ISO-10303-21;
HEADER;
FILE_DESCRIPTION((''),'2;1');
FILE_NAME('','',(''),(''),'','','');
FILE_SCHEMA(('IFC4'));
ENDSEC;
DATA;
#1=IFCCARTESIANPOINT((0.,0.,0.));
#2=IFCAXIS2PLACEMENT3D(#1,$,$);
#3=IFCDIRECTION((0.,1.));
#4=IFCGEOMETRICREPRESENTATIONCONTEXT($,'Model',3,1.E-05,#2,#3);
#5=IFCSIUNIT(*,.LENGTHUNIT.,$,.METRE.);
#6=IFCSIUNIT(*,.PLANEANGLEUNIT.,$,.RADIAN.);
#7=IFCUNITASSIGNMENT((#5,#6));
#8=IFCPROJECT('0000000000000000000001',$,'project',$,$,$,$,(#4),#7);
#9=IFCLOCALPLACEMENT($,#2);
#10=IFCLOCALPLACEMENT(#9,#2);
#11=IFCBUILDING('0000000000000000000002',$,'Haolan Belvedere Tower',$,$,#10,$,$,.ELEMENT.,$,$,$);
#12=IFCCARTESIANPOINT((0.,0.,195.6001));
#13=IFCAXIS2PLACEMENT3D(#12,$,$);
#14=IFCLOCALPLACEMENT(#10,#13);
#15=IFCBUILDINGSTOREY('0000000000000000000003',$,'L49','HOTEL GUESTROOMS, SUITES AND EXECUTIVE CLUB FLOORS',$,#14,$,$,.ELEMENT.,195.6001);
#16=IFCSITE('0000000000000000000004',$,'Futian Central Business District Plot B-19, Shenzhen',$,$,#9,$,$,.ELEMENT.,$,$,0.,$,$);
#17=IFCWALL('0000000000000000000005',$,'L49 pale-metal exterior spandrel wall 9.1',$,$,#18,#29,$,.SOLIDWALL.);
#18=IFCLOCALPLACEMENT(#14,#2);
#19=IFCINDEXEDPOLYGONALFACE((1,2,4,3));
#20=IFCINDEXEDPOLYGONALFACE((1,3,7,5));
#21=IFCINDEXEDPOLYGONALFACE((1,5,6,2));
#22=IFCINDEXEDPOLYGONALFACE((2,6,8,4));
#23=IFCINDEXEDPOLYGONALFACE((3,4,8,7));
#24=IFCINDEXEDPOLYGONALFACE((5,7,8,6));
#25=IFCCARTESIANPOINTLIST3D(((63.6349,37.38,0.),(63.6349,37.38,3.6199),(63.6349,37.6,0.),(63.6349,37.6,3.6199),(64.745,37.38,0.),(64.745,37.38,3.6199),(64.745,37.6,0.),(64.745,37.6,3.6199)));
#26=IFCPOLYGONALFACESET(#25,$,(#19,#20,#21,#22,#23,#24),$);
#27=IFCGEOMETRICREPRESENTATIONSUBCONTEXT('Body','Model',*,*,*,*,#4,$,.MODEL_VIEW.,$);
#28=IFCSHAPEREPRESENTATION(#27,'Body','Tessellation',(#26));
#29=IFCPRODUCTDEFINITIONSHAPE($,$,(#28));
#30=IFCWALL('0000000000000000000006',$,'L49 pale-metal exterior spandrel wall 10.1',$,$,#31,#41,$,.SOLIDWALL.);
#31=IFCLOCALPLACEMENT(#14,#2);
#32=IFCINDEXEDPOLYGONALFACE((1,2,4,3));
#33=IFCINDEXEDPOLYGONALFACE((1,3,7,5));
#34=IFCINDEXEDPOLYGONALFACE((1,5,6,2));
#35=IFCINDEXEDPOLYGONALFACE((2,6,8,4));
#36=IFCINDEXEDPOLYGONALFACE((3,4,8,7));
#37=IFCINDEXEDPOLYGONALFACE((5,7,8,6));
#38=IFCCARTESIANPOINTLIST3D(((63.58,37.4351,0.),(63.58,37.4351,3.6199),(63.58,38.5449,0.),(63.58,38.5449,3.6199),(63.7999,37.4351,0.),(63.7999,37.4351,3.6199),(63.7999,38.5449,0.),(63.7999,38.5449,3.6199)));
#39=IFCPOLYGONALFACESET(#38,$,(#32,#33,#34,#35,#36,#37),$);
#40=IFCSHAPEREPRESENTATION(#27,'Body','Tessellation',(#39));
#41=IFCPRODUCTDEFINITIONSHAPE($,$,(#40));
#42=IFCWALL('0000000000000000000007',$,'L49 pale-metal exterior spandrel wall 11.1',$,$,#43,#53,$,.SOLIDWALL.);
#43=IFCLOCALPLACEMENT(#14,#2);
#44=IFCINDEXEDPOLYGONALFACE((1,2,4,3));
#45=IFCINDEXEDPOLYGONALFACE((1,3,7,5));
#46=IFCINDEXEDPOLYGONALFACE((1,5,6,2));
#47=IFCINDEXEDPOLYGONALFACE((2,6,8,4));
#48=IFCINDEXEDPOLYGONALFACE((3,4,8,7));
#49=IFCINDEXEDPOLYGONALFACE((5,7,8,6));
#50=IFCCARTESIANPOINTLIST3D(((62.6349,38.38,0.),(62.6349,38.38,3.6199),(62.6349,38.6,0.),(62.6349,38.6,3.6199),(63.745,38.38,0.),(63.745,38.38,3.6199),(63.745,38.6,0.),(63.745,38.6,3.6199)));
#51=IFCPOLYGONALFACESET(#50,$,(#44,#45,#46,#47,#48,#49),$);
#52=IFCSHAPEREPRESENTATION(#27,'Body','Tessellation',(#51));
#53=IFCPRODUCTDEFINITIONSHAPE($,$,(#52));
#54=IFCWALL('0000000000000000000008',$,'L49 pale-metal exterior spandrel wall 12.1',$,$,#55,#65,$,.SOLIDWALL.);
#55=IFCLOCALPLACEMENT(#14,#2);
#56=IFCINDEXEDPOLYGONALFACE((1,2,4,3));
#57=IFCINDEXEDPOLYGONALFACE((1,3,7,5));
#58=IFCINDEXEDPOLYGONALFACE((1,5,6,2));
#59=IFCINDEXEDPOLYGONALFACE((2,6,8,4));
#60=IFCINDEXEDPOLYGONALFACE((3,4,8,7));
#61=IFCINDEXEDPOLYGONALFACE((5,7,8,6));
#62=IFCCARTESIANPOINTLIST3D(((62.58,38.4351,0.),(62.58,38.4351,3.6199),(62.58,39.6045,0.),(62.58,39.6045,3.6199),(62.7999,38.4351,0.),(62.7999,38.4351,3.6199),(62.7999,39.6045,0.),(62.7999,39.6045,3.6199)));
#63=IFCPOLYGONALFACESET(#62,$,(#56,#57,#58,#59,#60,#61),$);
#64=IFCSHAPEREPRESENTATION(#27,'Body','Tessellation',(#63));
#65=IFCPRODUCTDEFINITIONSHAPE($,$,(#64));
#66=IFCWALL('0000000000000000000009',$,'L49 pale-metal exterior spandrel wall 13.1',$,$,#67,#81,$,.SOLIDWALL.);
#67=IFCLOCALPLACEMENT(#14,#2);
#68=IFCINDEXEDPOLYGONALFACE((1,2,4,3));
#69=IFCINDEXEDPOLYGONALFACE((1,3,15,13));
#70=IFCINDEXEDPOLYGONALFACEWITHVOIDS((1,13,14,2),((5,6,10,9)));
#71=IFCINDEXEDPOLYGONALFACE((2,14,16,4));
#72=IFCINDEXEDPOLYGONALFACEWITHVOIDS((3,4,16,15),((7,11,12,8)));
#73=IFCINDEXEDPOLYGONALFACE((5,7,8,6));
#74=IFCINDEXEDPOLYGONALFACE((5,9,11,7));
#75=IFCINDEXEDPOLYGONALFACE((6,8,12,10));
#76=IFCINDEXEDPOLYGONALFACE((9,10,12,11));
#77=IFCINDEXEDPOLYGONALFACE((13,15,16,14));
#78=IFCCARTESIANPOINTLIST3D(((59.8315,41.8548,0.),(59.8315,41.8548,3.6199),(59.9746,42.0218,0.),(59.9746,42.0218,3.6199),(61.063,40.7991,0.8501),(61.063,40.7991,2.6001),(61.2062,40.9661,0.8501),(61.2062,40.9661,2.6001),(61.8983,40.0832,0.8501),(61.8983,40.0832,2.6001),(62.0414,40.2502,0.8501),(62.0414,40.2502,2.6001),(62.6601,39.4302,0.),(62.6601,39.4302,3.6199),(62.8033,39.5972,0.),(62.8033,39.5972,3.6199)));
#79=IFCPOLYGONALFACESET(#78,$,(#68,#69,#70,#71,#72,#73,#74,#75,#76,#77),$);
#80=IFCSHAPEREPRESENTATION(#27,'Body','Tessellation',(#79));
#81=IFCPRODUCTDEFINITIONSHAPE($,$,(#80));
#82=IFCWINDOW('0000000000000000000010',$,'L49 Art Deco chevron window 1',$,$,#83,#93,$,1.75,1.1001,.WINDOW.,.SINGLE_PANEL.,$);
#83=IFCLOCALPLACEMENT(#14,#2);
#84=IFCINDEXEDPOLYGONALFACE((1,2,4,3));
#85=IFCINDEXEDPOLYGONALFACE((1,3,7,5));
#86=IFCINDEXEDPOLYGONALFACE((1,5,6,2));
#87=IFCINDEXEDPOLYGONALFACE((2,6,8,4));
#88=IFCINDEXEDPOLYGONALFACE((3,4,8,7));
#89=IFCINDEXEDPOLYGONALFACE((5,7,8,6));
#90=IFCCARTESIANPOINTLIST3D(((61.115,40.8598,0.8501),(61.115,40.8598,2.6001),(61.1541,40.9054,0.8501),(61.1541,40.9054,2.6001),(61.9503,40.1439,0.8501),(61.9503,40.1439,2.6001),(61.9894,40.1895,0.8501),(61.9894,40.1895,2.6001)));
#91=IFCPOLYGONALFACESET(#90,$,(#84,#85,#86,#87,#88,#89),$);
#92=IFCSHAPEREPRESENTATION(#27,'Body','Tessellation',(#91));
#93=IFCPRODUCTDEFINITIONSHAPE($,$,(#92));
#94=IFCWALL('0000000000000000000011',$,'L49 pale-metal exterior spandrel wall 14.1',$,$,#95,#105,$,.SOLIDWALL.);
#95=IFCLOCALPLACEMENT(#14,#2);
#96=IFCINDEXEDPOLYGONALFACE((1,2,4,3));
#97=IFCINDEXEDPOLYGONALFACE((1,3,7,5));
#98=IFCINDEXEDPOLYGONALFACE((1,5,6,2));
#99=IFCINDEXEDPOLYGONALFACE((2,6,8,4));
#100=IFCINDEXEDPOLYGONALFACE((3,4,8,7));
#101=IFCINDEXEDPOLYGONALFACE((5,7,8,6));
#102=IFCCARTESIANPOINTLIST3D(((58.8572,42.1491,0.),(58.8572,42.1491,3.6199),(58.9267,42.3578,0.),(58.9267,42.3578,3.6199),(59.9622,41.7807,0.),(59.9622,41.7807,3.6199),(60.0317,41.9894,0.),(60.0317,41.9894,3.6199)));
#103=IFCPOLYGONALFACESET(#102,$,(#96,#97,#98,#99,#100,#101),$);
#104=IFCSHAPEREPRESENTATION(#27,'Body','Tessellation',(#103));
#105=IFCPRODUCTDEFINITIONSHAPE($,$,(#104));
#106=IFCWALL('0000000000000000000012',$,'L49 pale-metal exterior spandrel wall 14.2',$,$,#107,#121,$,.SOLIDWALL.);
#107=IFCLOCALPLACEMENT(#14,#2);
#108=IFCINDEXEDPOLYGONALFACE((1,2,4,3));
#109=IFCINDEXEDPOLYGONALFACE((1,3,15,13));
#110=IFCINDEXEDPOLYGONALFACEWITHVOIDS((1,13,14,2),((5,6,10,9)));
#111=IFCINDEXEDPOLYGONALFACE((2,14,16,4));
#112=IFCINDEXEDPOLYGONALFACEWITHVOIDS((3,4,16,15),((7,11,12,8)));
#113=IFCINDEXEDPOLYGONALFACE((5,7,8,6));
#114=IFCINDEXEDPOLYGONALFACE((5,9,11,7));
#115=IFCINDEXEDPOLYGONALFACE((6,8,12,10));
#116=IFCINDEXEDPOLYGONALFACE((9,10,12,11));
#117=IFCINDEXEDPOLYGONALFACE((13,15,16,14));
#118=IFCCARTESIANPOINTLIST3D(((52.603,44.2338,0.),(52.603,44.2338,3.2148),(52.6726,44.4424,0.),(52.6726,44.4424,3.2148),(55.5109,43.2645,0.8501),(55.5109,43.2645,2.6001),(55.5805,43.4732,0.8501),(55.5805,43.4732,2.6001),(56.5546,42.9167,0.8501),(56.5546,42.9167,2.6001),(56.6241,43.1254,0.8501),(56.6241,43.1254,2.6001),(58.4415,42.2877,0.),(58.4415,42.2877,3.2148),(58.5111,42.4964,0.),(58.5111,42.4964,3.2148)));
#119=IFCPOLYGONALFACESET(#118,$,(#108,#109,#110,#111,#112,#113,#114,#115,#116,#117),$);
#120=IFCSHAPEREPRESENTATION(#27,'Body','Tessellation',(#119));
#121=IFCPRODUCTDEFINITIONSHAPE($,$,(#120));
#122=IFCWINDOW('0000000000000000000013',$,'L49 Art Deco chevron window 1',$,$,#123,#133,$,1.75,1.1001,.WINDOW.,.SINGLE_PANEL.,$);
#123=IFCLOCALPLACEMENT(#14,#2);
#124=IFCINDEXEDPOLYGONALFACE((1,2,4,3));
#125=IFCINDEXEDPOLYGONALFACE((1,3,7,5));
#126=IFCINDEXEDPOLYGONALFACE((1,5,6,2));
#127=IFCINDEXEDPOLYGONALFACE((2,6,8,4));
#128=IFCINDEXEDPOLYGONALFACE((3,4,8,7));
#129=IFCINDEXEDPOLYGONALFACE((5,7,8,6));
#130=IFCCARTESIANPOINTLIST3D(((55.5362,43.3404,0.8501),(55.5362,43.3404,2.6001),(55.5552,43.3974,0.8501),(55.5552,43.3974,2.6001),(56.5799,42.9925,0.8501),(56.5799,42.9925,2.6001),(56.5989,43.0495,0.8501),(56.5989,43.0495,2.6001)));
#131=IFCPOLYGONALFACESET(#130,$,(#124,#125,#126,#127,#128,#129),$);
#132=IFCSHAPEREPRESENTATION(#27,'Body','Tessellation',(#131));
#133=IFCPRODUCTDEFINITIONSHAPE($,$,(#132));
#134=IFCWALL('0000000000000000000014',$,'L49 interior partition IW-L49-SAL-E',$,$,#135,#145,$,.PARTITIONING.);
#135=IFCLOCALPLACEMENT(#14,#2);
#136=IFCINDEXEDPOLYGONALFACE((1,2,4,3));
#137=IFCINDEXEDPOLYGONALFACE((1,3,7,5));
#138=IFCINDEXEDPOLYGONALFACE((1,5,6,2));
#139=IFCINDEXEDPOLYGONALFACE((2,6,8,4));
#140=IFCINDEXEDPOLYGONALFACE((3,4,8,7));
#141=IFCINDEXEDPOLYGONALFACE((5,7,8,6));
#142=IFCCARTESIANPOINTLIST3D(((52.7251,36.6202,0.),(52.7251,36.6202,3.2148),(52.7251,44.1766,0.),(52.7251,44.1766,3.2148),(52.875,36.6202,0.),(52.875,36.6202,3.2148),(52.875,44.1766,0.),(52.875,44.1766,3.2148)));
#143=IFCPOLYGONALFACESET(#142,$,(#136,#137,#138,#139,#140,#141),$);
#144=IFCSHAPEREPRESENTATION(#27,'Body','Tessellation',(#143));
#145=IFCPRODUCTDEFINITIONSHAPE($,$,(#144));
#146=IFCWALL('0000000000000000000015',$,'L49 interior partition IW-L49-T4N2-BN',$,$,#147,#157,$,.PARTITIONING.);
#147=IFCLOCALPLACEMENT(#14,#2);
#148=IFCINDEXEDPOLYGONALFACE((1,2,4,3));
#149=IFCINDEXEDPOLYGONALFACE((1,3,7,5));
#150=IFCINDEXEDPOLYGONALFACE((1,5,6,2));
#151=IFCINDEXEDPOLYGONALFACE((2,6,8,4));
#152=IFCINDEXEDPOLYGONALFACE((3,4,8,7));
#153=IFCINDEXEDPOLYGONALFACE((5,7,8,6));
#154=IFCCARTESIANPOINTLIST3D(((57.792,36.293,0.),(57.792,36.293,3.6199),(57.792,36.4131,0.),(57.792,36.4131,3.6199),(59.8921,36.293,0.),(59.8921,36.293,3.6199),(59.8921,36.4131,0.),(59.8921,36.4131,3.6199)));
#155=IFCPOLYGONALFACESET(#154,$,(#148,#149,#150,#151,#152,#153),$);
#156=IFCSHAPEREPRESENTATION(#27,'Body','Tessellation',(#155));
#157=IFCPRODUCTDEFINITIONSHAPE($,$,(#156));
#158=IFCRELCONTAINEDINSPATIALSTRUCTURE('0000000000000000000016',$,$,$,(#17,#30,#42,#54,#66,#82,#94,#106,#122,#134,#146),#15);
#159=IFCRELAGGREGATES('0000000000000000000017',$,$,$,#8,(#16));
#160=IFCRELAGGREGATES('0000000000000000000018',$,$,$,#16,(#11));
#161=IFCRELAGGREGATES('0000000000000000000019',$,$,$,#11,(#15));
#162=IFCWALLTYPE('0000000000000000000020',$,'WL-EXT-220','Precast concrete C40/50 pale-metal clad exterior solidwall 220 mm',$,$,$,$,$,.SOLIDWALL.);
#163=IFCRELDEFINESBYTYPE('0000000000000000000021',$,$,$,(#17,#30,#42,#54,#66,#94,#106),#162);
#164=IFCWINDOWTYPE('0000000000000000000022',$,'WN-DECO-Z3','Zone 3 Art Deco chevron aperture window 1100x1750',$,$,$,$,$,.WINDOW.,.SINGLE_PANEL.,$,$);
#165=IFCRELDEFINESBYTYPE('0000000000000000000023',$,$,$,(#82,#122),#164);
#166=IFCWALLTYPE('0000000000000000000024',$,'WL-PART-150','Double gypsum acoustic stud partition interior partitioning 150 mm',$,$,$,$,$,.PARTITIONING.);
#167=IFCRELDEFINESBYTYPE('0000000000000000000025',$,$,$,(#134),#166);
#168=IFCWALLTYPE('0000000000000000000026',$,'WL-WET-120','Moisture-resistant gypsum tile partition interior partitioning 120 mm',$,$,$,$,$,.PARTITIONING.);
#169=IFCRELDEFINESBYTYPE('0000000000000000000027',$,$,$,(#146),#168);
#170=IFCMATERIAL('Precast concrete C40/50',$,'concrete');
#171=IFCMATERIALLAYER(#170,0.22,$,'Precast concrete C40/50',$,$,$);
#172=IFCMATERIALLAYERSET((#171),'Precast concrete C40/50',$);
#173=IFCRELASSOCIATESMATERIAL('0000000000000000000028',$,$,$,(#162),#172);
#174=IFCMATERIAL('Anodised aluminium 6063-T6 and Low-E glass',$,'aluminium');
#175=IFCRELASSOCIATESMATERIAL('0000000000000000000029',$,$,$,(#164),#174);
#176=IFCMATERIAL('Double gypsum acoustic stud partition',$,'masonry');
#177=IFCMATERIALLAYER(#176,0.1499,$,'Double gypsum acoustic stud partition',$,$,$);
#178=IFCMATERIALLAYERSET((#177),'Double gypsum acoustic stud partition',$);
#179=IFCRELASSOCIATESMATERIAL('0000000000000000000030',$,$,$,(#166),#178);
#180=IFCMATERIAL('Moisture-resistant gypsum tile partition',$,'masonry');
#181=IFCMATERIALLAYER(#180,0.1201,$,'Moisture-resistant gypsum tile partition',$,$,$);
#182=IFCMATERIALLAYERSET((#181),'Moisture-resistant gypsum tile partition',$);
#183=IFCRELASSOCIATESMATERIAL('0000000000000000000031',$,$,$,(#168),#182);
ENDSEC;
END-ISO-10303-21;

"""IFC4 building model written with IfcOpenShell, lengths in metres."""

from ifc_helpers import new_model, si_unit, direction, frame, frame_2d, origin, place, context, subcontext, project, spatial, rectangle, extrude, material, layer, layer_set, type_object, element, fill, save


model = new_model("IFC4")

# Units and contexts
model_context = context("Model", 3, precision=1e-05, world=origin(), true_north=direction((0.0, 1.0)))
body_context = subcontext(model_context, "Body", "Model", "MODEL_VIEW")
ifc_project = project(units=[si_unit("LENGTHUNIT", "METRE"), si_unit("PLANEANGLEUNIT", "RADIAN")], contexts=[model_context])

# Site, building, storey
site_placement = place(None, origin())
site = spatial("IfcSite", under=ifc_project, at=site_placement, Name="Futian Central Business District Plot B-19, Shenzhen", CompositionType="ELEMENT", RefElevation=0.0)
building_placement = place(site_placement, origin())
building = spatial("IfcBuilding", under=site, at=building_placement, Name="Haolan Belvedere Tower", CompositionType="ELEMENT")
storey_placement = place(building_placement, frame((0.0, 0.0, 195.6001)))
storey = spatial("IfcBuildingStorey", under=building, at=storey_placement, Name="L49", Description="HOTEL GUESTROOMS, SUITES AND EXECUTIVE CLUB FLOORS", CompositionType="ELEMENT", Elevation=195.6001)

# Walls
ifc_material_1 = material(Name="Precast concrete C40/50", Category="concrete")
ifc_layer_1 = layer(ifc_material_1, 0.22, Name="Precast concrete C40/50")
ifc_layer_set_1 = layer_set([ifc_layer_1], Name="Precast concrete C40/50")
wall_type_1 = type_object("IfcWallType", Name="WL-EXT-220", Description="Precast concrete C40/50 pale-metal clad exterior solidwall 220 mm", PredefinedType="SOLIDWALL", material=ifc_layer_set_1)
wall_1_placement = place(storey_placement, frame((64.7451, 37.49, 0.0), z_axis=(0.0, 0.0, 1.0), x_axis=(-1.0, 0.0, 0.0)))
element("IfcWall", 1, at=wall_1_placement, inside=storey, type_object=wall_type_1, Name="L49 pale-metal exterior spandrel wall 9.1", PredefinedType="SOLIDWALL", context=body_context, shape_type="SweptSolid", body=[
    extrude(rectangle(XDim=1.1101, YDim=0.22, at=frame_2d((0.5552, 0.0))), origin(), (0.0, 0.0, 1.0), 3.6199),
])
wall_2_placement = place(storey_placement, frame((63.6899, 37.4351, 0.0), z_axis=(0.0, 0.0, 1.0), x_axis=(0.0, 1.0, 0.0)))
element("IfcWall", 2, at=wall_2_placement, inside=storey, type_object=wall_type_1, Name="L49 pale-metal exterior spandrel wall 10.1", PredefinedType="SOLIDWALL", context=body_context, shape_type="SweptSolid", body=[
    extrude(rectangle(XDim=1.1099, YDim=0.22, at=frame_2d((0.5549, 0.0))), origin(), (0.0, 0.0, 1.0), 3.6199),
])
wall_3_placement = place(storey_placement, frame((63.7451, 38.49, 0.0), z_axis=(0.0, 0.0, 1.0), x_axis=(-1.0, 0.0, 0.0)))
element("IfcWall", 3, at=wall_3_placement, inside=storey, type_object=wall_type_1, Name="L49 pale-metal exterior spandrel wall 11.1", PredefinedType="SOLIDWALL", context=body_context, shape_type="SweptSolid", body=[
    extrude(rectangle(XDim=1.1101, YDim=0.22, at=frame_2d((0.5552, 0.0))), origin(), (0.0, 0.0, 1.0), 3.6199),
])
wall_4_placement = place(storey_placement, frame((62.6899, 38.4351, 0.0), z_axis=(0.0, 0.0, 1.0), x_axis=(0.0, 1.0, 0.0)))
element("IfcWall", 4, at=wall_4_placement, inside=storey, type_object=wall_type_1, Name="L49 pale-metal exterior spandrel wall 12.1", PredefinedType="SOLIDWALL", context=body_context, shape_type="SweptSolid", body=[
    extrude(rectangle(XDim=1.1694, YDim=0.22, at=frame_2d((0.5847, 0.0))), origin(), (0.0, 0.0, 1.0), 3.6199),
])

# Wall, opening, window
wall_5_placement = place(storey_placement, frame((62.7317, 39.5137, 0.0), z_axis=(0.0, 0.0, 1.0), x_axis=(-0.759252, 0.650797, 0.0)))
wall_5 = element("IfcWall", 5, at=wall_5_placement, inside=storey, type_object=wall_type_1, Name="L49 pale-metal exterior spandrel wall 13.1", PredefinedType="SOLIDWALL", context=body_context, shape_type="SweptSolid", body=[
    extrude(rectangle(XDim=3.7256, YDim=0.22, at=frame_2d((1.8628, 0.0))), origin(), (0.0, 0.0, 1.0), 3.6199),
])
opening_1_placement = place(wall_5_placement, frame((1.0034, 0.0, 0.8501)))
opening_1 = element("IfcOpeningElement", 6, at=opening_1_placement, cuts=wall_5, PredefinedType="OPENING", context=body_context, shape_type="SweptSolid", body=[
    extrude(rectangle(XDim=1.1001, YDim=1.75, at=frame_2d((0.55, 0.875))), frame((0.0, 0.1199, 0.0), z_axis=(0.0, -1.0, 0.0), x_axis=(1.0, 0.0, 0.0)), (0.0, 0.0, 1.0), 0.24),
])
ifc_material_2 = material(Name="Anodised aluminium 6063-T6 and Low-E glass", Category="aluminium")
window_type = type_object("IfcWindowType", Name="WN-DECO-Z3", Description="Zone 3 Art Deco chevron aperture window 1100x1750", PartitioningType="SINGLE_PANEL", PredefinedType="WINDOW", material=ifc_material_2)
window_1_placement = place(opening_1_placement, origin())
window_1 = element("IfcWindow", 7, at=window_1_placement, inside=storey, type_object=window_type, Name="L49 Art Deco chevron window 1", OverallHeight=1.75, OverallWidth=1.1001, PartitioningType="SINGLE_PANEL", PredefinedType="WINDOW", context=body_context, shape_type="SweptSolid", body=[
    extrude(rectangle(XDim=1.1001, YDim=1.75, at=frame_2d((0.55, 0.875))), frame((0.0, 0.03, 0.0), z_axis=(0.0, -1.0, 0.0), x_axis=(1.0, 0.0, 0.0)), (0.0, 0.0, 1.0), 0.0601),
])
fill(opening_1, window_1)

# Wall
wall_6_placement = place(storey_placement, frame((59.9971, 41.885, 0.0), z_axis=(0.0, 0.0, 1.0), x_axis=(-0.948662, 0.316291, 0.0)))
element("IfcWall", 8, at=wall_6_placement, inside=storey, type_object=wall_type_1, Name="L49 pale-metal exterior spandrel wall 14.1", PredefinedType="SOLIDWALL", context=body_context, shape_type="SweptSolid", body=[
    extrude(rectangle(XDim=1.1648, YDim=0.22, at=frame_2d((0.5825, 0.0))), origin(), (0.0, 0.0, 1.0), 3.6199),
])

# Wall, opening, window
wall_7_placement = place(storey_placement, frame((58.4763, 42.3921, 0.0), z_axis=(0.0, 0.0, 1.0), x_axis=(-0.948691, 0.316204, 0.0)))
wall_7 = element("IfcWall", 9, at=wall_7_placement, inside=storey, type_object=wall_type_1, Name="L49 pale-metal exterior spandrel wall 14.2", PredefinedType="SOLIDWALL", context=body_context, shape_type="SweptSolid", body=[
    extrude(rectangle(XDim=6.1543, YDim=0.22, at=frame_2d((3.0771, 0.0))), origin(), (0.0, 0.0, 1.0), 3.2148),
])
opening_2_placement = place(wall_7_placement, frame((1.989, 0.0, 0.8501)))
opening_2 = element("IfcOpeningElement", 10, at=opening_2_placement, cuts=wall_7, PredefinedType="OPENING", context=body_context, shape_type="SweptSolid", body=[
    extrude(rectangle(XDim=1.1001, YDim=1.75, at=frame_2d((0.55, 0.875))), frame((0.0, 0.1199, 0.0), z_axis=(0.0, -1.0, 0.0), x_axis=(1.0, 0.0, 0.0)), (0.0, 0.0, 1.0), 0.24),
])
window_2_placement = place(opening_2_placement, origin())
window_2 = element("IfcWindow", 11, at=window_2_placement, inside=storey, type_object=window_type, Name="L49 Art Deco chevron window 1", OverallHeight=1.75, OverallWidth=1.1001, PartitioningType="SINGLE_PANEL", PredefinedType="WINDOW", context=body_context, shape_type="SweptSolid", body=[
    extrude(rectangle(XDim=1.1001, YDim=1.75, at=frame_2d((0.55, 0.875))), frame((0.0, 0.03, 0.0), z_axis=(0.0, -1.0, 0.0), x_axis=(1.0, 0.0, 0.0)), (0.0, 0.0, 1.0), 0.0601),
])
fill(opening_2, window_2)

# Walls
ifc_material_3 = material(Name="Double gypsum acoustic stud partition", Category="masonry")
ifc_layer_2 = layer(ifc_material_3, 0.1499, Name="Double gypsum acoustic stud partition")
ifc_layer_set_2 = layer_set([ifc_layer_2], Name="Double gypsum acoustic stud partition")
wall_type_2 = type_object("IfcWallType", Name="WL-PART-150", Description="Double gypsum acoustic stud partition interior partitioning 150 mm", PredefinedType="PARTITIONING", material=ifc_layer_set_2)
wall_8_placement = place(storey_placement, frame((52.8, 36.6201, 0.0), z_axis=(0.0, 0.0, 1.0), x_axis=(0.0, 1.0, 0.0)))
element("IfcWall", 12, at=wall_8_placement, inside=storey, type_object=wall_type_2, Name="L49 interior partition IW-L49-SAL-E", PredefinedType="PARTITIONING", context=body_context, shape_type="SweptSolid", body=[
    extrude(rectangle(XDim=7.5564, YDim=0.1499, at=frame_2d((3.7783, 0.0))), origin(), (0.0, 0.0, 1.0), 3.2148),
])
ifc_material_4 = material(Name="Moisture-resistant gypsum tile partition", Category="masonry")
ifc_layer_3 = layer(ifc_material_4, 0.1201, Name="Moisture-resistant gypsum tile partition")
ifc_layer_set_3 = layer_set([ifc_layer_3], Name="Moisture-resistant gypsum tile partition")
wall_type_3 = type_object("IfcWallType", Name="WL-WET-120", Description="Moisture-resistant gypsum tile partition interior partitioning 120 mm", PredefinedType="PARTITIONING", material=ifc_layer_set_3)
wall_9_placement = place(storey_placement, frame((57.792, 36.353, 0.0), z_axis=(0.0, 0.0, 1.0), x_axis=(1.0, 0.0, 0.0)))
element("IfcWall", 13, at=wall_9_placement, inside=storey, type_object=wall_type_3, Name="L49 interior partition IW-L49-T4N2-BN", PredefinedType="PARTITIONING", context=body_context, shape_type="SweptSolid", body=[
    extrude(rectangle(XDim=2.1001, YDim=0.1201, at=frame_2d((1.05, 0.0))), origin(), (0.0, 0.0, 1.0), 3.6199),
])

save(model, "model.ifc")
